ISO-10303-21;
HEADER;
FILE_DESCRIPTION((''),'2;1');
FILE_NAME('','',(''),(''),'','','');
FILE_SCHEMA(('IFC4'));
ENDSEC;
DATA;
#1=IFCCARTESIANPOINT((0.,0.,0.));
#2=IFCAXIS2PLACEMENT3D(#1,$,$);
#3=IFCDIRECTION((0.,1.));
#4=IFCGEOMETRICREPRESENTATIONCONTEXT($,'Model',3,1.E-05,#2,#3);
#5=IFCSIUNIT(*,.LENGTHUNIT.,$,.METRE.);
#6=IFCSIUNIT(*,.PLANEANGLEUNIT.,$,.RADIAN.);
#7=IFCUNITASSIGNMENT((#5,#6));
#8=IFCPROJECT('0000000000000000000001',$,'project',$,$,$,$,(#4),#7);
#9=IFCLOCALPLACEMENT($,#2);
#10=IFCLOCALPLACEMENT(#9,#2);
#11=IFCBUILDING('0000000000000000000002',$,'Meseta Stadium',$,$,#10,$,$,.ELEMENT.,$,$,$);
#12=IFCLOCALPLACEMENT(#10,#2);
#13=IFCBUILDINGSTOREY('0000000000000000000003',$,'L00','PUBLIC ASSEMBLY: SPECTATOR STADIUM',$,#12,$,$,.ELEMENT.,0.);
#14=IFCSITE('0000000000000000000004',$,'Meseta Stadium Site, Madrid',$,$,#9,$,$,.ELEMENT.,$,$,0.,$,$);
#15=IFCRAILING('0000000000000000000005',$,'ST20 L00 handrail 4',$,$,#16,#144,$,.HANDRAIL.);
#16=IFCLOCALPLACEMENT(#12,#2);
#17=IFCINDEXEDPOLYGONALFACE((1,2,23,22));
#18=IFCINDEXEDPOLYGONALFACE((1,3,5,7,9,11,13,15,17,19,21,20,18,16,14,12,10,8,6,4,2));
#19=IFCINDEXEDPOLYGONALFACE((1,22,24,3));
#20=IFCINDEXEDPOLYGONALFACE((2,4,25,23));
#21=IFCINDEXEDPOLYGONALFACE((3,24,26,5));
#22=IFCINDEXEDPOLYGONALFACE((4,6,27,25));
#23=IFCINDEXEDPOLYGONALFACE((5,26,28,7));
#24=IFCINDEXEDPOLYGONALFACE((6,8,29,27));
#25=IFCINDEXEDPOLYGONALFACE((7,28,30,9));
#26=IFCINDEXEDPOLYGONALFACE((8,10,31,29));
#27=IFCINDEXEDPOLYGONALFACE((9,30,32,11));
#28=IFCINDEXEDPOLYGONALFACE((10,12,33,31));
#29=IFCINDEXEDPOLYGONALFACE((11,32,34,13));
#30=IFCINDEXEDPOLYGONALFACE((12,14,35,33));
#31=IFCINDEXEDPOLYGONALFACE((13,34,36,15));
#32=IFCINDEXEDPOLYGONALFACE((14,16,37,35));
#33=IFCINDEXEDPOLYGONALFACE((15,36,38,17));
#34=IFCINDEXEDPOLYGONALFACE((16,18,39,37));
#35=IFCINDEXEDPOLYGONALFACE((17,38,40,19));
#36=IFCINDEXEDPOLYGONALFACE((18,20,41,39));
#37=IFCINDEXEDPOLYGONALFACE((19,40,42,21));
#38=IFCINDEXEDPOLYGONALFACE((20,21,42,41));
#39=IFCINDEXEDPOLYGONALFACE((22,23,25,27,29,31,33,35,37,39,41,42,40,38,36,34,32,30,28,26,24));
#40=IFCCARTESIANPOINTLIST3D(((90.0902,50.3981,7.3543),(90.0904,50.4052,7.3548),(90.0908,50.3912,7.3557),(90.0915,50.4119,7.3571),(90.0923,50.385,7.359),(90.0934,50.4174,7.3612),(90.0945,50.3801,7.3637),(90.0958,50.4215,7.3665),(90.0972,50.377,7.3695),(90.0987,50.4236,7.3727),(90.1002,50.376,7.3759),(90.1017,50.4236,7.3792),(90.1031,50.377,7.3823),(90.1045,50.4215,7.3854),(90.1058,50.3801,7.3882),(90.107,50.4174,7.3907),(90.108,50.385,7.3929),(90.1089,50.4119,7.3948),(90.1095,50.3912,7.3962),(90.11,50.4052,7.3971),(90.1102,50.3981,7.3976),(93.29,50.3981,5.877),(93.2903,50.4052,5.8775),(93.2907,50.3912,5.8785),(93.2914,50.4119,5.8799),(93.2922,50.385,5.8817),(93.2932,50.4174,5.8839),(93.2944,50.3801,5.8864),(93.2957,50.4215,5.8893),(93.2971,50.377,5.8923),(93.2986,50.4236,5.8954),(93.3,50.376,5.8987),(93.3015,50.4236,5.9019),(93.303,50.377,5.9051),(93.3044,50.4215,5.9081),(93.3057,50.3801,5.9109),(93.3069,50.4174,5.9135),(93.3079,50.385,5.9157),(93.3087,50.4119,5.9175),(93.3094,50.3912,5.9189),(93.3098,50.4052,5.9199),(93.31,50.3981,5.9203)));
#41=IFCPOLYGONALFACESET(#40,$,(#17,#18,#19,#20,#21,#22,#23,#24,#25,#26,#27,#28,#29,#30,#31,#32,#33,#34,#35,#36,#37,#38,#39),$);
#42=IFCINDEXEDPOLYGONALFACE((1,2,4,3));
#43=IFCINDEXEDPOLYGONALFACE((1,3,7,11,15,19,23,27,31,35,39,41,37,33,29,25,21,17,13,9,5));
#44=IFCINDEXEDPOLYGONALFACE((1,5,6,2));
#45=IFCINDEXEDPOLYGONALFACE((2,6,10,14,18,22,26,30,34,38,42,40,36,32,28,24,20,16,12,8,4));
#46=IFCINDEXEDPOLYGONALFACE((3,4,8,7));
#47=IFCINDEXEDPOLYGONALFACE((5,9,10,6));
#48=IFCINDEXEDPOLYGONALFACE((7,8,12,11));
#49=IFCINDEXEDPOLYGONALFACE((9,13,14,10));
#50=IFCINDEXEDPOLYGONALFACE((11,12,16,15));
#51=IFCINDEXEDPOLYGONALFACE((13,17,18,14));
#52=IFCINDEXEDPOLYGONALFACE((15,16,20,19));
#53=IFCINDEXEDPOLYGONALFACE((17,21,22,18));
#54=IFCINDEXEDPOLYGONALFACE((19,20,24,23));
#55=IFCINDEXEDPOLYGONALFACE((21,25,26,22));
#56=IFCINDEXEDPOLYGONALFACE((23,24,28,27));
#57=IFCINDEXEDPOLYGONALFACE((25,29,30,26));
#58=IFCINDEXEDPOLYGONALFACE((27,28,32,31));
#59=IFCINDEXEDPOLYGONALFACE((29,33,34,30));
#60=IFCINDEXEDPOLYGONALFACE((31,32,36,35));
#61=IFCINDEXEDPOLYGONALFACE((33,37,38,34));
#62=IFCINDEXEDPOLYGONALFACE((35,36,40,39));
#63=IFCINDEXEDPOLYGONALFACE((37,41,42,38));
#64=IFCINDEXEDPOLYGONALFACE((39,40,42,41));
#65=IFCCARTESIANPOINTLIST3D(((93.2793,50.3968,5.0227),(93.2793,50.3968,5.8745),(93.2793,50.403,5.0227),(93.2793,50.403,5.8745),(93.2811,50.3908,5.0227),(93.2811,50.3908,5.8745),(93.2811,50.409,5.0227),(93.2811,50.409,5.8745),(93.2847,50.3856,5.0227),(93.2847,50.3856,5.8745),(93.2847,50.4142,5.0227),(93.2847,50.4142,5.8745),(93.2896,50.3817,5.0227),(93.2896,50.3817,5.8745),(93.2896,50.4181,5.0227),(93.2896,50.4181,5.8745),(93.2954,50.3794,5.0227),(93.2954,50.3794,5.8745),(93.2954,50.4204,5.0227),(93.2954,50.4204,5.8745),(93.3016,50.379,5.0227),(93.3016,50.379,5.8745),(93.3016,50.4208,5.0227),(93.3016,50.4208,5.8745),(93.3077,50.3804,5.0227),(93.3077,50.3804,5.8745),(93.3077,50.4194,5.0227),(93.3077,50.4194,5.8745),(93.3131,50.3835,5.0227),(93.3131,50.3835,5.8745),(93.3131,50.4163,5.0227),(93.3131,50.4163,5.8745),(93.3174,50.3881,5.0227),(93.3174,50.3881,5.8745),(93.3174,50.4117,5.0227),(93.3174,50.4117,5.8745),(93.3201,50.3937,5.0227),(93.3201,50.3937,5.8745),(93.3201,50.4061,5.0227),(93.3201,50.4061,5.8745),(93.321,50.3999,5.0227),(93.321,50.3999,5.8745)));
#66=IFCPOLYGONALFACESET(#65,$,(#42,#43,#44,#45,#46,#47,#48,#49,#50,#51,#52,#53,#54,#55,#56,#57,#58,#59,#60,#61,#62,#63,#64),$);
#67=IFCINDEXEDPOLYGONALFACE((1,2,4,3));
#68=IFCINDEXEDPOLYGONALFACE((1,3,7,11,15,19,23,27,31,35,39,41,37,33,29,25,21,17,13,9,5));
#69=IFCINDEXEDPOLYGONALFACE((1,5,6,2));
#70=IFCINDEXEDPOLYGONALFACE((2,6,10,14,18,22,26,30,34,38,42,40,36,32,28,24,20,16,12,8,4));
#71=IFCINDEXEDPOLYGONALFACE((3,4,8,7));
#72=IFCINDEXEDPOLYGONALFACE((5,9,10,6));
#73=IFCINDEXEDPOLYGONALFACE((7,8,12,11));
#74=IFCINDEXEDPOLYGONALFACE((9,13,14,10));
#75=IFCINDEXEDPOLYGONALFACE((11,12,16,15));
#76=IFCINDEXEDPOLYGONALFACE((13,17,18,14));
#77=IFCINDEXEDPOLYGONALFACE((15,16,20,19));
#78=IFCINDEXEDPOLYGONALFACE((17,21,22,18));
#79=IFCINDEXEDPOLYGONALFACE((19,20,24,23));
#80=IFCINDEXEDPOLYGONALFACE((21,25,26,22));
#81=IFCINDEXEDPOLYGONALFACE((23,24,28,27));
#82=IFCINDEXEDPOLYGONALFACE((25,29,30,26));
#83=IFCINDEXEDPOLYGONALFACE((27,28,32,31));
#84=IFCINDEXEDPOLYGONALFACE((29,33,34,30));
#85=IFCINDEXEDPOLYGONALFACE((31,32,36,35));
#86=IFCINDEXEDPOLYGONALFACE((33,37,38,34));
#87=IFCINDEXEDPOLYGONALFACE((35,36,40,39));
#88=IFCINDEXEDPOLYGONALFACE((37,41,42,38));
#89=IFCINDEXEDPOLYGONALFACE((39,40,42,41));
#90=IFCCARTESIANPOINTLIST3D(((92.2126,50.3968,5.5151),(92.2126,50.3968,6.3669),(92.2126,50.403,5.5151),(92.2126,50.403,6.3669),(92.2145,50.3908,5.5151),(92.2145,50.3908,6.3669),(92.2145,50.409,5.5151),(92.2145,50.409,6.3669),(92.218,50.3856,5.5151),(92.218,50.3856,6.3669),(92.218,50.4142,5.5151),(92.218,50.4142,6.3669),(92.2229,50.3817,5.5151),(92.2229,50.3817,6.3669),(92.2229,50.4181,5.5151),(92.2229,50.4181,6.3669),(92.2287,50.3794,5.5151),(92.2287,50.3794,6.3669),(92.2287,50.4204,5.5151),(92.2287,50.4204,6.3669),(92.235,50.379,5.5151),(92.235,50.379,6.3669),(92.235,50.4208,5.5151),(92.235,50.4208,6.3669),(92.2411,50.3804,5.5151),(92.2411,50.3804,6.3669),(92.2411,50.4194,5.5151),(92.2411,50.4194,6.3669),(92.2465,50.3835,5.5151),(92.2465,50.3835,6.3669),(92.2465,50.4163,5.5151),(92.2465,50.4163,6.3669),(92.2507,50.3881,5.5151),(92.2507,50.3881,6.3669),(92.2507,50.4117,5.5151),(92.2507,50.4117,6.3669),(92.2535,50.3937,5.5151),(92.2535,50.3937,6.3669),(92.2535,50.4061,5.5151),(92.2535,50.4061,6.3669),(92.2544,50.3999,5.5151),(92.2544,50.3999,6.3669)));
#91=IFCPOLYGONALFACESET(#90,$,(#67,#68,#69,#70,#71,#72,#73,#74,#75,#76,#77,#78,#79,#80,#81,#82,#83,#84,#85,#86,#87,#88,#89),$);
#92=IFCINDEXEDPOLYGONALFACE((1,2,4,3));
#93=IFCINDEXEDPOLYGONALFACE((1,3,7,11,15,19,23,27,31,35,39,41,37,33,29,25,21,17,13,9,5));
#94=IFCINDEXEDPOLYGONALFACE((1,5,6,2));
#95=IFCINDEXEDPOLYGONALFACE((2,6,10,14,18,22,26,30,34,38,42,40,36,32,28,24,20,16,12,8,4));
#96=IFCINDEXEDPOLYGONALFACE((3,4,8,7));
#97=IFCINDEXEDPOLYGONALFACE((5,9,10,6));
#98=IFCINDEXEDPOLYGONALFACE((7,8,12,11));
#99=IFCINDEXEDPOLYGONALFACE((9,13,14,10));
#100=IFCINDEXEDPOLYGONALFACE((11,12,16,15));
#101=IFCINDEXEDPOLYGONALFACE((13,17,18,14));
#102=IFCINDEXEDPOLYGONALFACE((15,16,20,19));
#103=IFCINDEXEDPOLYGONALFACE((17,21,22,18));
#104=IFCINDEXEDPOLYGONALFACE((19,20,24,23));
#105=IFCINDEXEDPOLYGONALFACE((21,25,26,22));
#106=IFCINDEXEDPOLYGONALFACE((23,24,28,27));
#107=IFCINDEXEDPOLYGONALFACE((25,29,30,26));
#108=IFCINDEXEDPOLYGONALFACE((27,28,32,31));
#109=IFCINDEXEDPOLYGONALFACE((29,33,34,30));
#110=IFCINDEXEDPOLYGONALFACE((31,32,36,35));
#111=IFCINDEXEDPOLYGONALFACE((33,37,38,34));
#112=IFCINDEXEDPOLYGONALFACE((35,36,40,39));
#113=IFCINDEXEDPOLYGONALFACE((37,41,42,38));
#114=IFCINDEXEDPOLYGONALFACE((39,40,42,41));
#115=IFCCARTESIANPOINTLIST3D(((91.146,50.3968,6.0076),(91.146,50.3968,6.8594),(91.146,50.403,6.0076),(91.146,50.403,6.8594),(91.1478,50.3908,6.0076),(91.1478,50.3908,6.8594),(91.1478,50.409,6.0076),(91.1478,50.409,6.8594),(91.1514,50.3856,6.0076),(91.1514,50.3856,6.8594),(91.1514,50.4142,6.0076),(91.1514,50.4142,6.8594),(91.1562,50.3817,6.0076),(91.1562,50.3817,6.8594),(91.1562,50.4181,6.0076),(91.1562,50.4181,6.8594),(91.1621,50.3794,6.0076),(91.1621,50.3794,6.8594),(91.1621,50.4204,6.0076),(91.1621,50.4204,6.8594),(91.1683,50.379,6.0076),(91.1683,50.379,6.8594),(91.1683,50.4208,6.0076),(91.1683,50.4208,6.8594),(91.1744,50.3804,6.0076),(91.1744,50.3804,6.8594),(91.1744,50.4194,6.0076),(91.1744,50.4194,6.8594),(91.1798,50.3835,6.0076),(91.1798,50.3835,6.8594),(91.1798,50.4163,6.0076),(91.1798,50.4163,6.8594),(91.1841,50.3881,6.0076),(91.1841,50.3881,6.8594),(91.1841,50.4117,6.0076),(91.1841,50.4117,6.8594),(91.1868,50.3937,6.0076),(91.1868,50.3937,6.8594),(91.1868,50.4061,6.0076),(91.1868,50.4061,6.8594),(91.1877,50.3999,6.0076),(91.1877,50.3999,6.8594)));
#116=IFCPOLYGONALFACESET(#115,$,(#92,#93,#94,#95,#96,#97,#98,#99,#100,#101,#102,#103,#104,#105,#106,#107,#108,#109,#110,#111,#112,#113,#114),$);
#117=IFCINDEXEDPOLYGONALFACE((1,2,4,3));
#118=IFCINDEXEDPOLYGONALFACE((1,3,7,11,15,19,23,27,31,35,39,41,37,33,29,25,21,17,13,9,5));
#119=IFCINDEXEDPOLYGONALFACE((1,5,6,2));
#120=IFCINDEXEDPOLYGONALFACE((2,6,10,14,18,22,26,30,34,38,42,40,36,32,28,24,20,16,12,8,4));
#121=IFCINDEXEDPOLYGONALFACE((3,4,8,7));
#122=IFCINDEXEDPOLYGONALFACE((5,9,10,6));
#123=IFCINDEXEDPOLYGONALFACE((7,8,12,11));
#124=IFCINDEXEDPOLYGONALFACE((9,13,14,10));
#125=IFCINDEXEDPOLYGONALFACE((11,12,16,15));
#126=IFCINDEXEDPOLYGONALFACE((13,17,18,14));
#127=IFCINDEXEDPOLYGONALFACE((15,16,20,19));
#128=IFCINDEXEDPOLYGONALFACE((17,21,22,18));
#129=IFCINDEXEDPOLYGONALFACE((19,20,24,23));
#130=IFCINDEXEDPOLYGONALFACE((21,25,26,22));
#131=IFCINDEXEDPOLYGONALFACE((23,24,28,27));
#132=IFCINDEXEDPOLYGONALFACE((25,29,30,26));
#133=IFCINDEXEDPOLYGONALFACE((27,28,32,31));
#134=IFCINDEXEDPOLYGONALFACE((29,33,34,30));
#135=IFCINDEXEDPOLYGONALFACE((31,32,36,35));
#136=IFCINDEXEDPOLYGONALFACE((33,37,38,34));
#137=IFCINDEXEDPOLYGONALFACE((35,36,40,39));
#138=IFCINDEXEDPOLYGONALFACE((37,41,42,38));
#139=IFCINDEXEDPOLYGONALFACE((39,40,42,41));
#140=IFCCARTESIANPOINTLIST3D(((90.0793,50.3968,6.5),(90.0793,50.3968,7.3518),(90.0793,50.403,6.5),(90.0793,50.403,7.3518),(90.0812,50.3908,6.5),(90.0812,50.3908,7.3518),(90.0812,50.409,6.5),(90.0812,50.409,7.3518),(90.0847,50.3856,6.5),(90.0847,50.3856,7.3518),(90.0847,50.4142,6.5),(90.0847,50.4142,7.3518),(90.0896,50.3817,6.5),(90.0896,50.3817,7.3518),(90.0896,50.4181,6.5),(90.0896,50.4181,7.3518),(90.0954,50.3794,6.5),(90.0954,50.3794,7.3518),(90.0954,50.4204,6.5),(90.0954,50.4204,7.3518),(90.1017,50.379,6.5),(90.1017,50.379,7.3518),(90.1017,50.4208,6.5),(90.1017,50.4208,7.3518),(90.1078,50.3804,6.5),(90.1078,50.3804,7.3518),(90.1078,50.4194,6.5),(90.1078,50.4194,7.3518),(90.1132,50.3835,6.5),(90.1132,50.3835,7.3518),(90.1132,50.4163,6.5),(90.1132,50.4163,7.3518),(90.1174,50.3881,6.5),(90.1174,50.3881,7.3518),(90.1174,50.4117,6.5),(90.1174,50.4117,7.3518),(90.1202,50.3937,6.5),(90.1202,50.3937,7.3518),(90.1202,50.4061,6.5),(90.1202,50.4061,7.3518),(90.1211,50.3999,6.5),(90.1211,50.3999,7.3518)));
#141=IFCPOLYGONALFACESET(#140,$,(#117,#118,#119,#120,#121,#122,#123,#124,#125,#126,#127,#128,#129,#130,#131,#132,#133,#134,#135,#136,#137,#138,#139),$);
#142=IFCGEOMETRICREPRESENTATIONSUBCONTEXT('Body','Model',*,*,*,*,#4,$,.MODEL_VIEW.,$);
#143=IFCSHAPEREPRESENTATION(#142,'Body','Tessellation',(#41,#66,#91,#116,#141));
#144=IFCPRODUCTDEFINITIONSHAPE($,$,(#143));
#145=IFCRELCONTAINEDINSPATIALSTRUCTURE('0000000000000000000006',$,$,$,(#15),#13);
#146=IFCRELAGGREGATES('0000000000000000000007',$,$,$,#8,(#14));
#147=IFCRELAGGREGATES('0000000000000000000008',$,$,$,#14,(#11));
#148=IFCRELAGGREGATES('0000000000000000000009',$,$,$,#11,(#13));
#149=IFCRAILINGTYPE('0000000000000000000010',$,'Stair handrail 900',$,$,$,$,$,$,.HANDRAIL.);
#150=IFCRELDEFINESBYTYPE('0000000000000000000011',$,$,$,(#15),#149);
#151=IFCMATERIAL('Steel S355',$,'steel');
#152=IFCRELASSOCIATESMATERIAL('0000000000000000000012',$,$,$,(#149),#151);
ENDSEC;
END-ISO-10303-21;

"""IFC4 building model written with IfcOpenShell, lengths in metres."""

from ifc_helpers import new_model, si_unit, direction, frame, origin, origin_2d, place, context, subcontext, project, spatial, circle, extrude, material, type_object, element, save


model = new_model("IFC4")

# Units and contexts
model_context = context("Model", 3, precision=1e-05, world=origin(), true_north=direction((0.0, 1.0)))
body_context = subcontext(model_context, "Body", "Model", "MODEL_VIEW")
ifc_project = project(units=[si_unit("LENGTHUNIT", "METRE"), si_unit("PLANEANGLEUNIT", "RADIAN")], contexts=[model_context])

# Site, building, storey
site_placement = place(None, origin())
site = spatial("IfcSite", under=ifc_project, at=site_placement, Name="Meseta Stadium Site, Madrid", CompositionType="ELEMENT", RefElevation=0.0)
building_placement = place(site_placement, origin())
building = spatial("IfcBuilding", under=site, at=building_placement, Name="Meseta Stadium", CompositionType="ELEMENT")
storey_placement = place(building_placement, origin())
storey = spatial("IfcBuildingStorey", under=building, at=storey_placement, Name="L00", Description="PUBLIC ASSEMBLY: SPECTATOR STADIUM", CompositionType="ELEMENT", Elevation=0.0)

# Railing
ifc_material_1 = material(Name="Steel S355", Category="steel")
railing_type_1 = type_object("IfcRailingType", Name="Stair handrail 900", PredefinedType="HANDRAIL", material=ifc_material_1)
railing_1_placement = place(storey_placement, frame((93.3, 50.3999, 5.0227)))
element("IfcRailing", 1, at=railing_1_placement, inside=storey, type_object=railing_type_1, Name="ST20 L00 handrail 4", PredefinedType="HANDRAIL", context=body_context, shape_type="SweptSolid", body=[
    extrude(circle(Radius=0.0239, at=origin_2d()), frame((0.0, 0.0, 0.876), z_axis=(-0.907917, 0.0, 0.41915), x_axis=(0.0, -1.0, 0.0)), (0.0, 0.0, 1.0), 3.5244),
    extrude(circle(Radius=0.021, at=origin_2d()), origin(), (0.0, 0.0, 1.0), 0.8518),
    extrude(circle(Radius=0.021, at=origin_2d()), frame((-1.0667, 0.0, 0.4924)), (0.0, 0.0, 1.0), 0.8518),
    extrude(circle(Radius=0.021, at=origin_2d()), frame((-2.1333, 0.0, 0.9849)), (0.0, 0.0, 1.0), 0.8518),
    extrude(circle(Radius=0.021, at=origin_2d()), frame((-3.2, 0.0, 1.4773)), (0.0, 0.0, 1.0), 0.8518),
])

save(model, "model.ifc")
